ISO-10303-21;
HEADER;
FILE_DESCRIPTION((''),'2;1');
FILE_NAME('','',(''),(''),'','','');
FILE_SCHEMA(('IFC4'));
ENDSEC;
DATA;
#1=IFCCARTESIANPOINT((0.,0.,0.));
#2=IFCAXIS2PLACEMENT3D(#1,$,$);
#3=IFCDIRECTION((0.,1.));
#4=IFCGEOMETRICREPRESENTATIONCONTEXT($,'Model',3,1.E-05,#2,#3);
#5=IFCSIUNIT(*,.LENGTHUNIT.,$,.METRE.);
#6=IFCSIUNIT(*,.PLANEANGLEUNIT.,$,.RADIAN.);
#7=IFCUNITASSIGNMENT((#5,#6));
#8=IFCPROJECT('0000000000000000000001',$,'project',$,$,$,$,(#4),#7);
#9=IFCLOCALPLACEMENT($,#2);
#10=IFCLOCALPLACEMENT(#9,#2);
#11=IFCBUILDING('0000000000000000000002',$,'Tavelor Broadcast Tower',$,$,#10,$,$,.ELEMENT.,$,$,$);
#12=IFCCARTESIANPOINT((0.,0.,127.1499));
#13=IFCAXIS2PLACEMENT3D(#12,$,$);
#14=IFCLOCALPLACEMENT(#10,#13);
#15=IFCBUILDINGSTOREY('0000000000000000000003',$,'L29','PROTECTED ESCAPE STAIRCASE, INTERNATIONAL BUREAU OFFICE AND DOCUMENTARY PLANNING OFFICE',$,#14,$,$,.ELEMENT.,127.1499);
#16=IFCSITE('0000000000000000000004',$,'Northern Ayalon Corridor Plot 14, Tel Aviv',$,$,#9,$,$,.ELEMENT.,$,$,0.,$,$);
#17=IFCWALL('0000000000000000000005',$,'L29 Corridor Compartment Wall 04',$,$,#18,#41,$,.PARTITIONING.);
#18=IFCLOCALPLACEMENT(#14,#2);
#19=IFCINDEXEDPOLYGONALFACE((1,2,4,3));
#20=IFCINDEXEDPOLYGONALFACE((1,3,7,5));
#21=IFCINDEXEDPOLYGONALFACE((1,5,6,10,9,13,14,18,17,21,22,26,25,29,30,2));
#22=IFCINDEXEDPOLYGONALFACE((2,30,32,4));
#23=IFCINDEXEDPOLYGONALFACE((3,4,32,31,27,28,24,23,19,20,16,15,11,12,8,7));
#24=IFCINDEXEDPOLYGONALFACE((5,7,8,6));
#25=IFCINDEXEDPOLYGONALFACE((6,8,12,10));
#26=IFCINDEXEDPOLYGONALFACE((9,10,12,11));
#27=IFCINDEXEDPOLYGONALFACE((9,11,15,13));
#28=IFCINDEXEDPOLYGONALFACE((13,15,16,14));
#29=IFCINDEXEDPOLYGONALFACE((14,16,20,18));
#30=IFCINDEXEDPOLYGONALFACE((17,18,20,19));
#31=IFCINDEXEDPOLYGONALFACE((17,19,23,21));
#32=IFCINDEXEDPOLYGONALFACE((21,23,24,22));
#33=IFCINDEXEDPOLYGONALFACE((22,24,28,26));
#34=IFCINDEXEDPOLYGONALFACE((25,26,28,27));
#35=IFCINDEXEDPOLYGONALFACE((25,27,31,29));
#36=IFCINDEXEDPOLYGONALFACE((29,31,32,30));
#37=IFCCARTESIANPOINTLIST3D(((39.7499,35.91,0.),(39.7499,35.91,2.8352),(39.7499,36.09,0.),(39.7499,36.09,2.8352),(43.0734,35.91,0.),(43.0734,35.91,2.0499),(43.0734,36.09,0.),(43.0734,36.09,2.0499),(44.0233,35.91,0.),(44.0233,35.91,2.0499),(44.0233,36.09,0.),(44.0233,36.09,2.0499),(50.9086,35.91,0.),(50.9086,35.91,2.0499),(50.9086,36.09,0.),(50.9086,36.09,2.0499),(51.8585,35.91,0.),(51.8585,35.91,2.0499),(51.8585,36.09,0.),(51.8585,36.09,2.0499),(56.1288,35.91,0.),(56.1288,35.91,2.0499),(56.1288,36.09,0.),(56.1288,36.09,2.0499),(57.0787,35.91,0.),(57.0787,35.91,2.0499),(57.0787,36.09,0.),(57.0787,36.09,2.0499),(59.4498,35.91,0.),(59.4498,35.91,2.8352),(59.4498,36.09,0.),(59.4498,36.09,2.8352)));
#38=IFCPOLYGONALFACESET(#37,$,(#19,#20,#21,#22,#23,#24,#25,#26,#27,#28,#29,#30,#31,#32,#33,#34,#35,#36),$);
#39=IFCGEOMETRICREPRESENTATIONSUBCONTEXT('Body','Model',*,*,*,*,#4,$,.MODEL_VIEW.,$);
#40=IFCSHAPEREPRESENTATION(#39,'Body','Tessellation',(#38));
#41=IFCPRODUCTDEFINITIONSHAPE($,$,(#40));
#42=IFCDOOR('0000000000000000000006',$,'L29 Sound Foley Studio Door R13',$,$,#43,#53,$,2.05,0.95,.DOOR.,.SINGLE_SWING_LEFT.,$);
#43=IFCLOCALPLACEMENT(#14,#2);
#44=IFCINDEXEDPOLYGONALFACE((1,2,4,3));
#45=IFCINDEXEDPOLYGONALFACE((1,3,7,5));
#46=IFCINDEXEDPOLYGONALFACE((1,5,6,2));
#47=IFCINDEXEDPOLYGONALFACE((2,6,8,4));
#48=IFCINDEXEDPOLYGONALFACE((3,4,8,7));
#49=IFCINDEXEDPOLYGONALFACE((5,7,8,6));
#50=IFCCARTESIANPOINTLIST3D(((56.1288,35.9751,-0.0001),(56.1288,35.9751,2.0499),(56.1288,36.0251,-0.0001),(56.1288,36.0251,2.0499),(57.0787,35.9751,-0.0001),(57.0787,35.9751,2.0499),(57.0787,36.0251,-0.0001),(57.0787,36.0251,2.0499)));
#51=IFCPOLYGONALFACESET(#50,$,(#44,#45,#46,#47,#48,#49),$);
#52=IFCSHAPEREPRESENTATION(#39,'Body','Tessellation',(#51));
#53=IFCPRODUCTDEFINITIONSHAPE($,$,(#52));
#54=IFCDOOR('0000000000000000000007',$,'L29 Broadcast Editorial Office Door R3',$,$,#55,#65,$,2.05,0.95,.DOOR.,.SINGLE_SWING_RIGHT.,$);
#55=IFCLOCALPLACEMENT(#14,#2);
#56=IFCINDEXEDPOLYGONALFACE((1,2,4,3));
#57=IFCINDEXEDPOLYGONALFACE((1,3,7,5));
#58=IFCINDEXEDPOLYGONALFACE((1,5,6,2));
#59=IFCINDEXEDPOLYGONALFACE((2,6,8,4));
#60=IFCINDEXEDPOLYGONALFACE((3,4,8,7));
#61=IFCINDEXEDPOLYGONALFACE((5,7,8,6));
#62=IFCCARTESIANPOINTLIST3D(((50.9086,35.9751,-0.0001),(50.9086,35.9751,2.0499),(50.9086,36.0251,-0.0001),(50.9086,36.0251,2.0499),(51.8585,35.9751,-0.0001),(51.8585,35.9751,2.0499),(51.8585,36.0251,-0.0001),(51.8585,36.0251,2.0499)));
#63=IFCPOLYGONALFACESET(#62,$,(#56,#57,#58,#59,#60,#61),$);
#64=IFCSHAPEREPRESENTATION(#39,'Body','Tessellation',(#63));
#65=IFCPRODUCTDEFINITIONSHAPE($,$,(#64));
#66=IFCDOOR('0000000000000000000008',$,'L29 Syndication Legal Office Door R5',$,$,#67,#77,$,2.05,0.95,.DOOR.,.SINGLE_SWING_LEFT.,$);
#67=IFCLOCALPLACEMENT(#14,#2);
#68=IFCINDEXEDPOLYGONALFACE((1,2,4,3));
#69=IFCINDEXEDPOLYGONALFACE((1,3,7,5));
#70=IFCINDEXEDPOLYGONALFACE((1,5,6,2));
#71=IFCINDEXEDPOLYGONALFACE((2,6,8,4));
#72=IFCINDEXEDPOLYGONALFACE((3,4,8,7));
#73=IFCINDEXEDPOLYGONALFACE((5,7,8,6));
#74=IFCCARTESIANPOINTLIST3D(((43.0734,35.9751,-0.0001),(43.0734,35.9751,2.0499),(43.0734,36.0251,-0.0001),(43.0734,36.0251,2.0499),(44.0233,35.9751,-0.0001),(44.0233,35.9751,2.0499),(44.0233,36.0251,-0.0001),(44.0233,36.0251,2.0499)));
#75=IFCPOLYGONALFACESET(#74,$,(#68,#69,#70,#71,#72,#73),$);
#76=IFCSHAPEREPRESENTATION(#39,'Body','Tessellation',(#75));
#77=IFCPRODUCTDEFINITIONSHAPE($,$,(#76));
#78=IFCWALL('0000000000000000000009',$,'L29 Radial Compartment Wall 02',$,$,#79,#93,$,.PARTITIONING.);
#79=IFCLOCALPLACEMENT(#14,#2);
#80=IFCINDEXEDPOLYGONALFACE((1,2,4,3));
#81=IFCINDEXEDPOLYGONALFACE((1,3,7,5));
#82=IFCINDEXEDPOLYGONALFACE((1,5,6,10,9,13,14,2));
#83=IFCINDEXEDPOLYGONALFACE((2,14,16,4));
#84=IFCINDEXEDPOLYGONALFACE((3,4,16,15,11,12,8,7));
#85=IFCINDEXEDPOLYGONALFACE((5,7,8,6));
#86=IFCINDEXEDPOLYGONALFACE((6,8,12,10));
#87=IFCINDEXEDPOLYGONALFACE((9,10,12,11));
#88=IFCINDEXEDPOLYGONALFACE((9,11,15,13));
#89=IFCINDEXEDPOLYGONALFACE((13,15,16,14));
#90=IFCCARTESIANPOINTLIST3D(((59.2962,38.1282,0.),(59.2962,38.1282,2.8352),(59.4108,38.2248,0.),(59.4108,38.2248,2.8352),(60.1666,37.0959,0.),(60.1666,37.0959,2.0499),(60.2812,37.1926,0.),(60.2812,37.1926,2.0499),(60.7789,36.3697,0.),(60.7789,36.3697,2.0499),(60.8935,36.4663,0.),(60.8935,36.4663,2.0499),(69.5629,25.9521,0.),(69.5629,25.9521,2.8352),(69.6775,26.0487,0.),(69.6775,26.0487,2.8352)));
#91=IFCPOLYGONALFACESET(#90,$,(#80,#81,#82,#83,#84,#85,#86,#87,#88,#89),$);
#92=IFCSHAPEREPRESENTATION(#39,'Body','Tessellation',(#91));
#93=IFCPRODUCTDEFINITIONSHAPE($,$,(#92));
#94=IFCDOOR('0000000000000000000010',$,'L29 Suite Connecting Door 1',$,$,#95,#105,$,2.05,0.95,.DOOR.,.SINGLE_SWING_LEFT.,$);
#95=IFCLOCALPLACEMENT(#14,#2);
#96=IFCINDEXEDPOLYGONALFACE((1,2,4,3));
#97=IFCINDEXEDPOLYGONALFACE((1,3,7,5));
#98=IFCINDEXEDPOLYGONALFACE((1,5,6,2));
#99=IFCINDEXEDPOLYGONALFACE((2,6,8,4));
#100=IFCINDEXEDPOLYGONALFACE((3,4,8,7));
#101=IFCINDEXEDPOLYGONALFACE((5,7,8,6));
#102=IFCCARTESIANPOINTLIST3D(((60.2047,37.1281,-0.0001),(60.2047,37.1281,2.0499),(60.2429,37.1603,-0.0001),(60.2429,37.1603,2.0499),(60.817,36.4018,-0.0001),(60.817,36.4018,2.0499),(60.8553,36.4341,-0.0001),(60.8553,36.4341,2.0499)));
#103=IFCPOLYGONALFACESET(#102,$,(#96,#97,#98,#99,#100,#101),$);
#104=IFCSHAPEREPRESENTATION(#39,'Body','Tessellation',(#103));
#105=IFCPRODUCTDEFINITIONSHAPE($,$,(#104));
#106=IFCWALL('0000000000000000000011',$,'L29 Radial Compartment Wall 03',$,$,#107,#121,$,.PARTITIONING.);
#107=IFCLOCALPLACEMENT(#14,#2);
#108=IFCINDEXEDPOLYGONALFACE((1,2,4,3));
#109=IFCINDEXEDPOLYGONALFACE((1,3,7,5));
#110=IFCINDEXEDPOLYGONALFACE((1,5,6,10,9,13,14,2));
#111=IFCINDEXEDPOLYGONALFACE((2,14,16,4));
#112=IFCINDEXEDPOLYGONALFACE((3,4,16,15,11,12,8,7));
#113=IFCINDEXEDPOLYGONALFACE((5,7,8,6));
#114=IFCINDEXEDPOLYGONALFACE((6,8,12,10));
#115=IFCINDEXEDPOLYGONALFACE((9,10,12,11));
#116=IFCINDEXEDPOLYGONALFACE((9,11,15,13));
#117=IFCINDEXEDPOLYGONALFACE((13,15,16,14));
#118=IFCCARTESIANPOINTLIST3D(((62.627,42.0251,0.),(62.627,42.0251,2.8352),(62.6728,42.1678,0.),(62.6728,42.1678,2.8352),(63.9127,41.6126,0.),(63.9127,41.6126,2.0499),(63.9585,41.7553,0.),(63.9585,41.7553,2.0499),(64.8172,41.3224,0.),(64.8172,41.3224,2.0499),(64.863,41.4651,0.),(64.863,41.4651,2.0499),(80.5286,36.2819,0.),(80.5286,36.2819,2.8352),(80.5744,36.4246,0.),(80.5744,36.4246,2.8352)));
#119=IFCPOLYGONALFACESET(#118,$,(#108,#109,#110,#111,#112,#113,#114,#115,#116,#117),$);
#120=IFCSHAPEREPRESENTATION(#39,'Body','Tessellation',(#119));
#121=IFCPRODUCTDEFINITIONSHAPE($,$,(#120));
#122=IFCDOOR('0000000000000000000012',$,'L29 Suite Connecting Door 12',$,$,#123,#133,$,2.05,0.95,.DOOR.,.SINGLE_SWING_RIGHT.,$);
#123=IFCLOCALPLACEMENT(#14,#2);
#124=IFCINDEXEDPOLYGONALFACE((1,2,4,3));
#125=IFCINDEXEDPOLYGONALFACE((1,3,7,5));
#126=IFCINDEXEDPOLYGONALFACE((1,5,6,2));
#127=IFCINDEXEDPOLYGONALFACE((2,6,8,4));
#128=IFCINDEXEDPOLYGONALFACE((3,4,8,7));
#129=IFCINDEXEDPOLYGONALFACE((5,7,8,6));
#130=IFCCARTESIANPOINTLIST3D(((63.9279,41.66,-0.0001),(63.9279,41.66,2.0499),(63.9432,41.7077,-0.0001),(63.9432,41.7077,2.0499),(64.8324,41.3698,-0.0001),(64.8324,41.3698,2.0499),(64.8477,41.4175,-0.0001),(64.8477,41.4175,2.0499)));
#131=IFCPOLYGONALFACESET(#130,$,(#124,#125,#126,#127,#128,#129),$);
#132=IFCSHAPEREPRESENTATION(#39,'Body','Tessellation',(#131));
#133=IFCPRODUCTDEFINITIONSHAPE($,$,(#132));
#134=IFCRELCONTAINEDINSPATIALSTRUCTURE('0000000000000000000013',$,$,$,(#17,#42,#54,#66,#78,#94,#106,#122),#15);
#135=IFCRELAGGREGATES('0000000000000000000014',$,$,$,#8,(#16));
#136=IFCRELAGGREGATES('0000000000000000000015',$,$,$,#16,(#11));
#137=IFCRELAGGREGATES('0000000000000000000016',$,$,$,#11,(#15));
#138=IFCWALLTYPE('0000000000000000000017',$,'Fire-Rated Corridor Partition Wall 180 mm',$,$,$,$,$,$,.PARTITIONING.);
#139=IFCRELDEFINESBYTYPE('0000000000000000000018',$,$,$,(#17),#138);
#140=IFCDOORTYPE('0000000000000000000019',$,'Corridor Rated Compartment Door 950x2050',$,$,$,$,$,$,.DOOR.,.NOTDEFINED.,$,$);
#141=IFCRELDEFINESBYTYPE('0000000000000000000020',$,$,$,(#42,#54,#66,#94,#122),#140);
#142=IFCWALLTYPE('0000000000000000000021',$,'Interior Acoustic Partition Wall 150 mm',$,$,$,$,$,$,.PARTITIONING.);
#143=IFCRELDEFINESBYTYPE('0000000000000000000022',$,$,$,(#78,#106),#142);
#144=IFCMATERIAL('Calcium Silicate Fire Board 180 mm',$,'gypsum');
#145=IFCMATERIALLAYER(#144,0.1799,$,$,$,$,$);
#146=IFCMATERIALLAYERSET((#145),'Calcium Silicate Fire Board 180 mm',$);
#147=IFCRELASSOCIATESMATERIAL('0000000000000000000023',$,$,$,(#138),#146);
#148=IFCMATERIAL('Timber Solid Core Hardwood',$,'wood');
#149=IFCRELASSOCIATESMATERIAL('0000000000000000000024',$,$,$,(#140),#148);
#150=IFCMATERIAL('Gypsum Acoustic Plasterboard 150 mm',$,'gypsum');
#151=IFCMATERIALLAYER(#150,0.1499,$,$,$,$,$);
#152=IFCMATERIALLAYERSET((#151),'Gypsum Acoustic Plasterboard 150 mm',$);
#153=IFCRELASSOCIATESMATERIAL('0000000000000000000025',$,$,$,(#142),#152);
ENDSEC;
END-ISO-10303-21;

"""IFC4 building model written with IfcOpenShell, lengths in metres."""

from ifc_helpers import new_model, si_unit, direction, frame, frame_2d, origin, place, context, subcontext, project, spatial, rectangle, extrude, material, layer, layer_set, type_object, element, fill, save


model = new_model("IFC4")

# Units and contexts
model_context = context("Model", 3, precision=1e-05, world=origin(), true_north=direction((0.0, 1.0)))
body_context = subcontext(model_context, "Body", "Model", "MODEL_VIEW")
ifc_project = project(units=[si_unit("LENGTHUNIT", "METRE"), si_unit("PLANEANGLEUNIT", "RADIAN")], contexts=[model_context])

# Site, building, storey
site_placement = place(None, origin())
site = spatial("IfcSite", under=ifc_project, at=site_placement, Name="Northern Ayalon Corridor Plot 14, Tel Aviv", CompositionType="ELEMENT", RefElevation=0.0)
building_placement = place(site_placement, origin())
building = spatial("IfcBuilding", under=site, at=building_placement, Name="Tavelor Broadcast Tower", CompositionType="ELEMENT")
storey_placement = place(building_placement, frame((0.0, 0.0, 127.1499)))
storey = spatial("IfcBuildingStorey", under=building, at=storey_placement, Name="L29", Description="PROTECTED ESCAPE STAIRCASE, INTERNATIONAL BUREAU OFFICE AND DOCUMENTARY PLANNING OFFICE", CompositionType="ELEMENT", Elevation=127.1499)

# Shared definitions
ifc_material_1 = material(Name="Calcium Silicate Fire Board 180 mm", Category="gypsum")
ifc_layer_1 = layer(ifc_material_1, 0.1799)
ifc_layer_set_1 = layer_set([ifc_layer_1], Name="Calcium Silicate Fire Board 180 mm")
wall_type_1 = type_object("IfcWallType", Name="Fire-Rated Corridor Partition Wall 180 mm", PredefinedType="PARTITIONING", material=ifc_layer_set_1)
ifc_material_2 = material(Name="Timber Solid Core Hardwood", Category="wood")
door_type_1 = type_object("IfcDoorType", Name="Corridor Rated Compartment Door 950x2050", OperationType="NOTDEFINED", PredefinedType="DOOR", material=ifc_material_2)

# Wall, openings, doors
wall_1_placement = place(storey_placement, frame((59.45, 36.0, 0.0), z_axis=(0.0, 0.0, 1.0), x_axis=(-1.0, 0.0, 0.0)))
wall_1 = element("IfcWall", 1, at=wall_1_placement, inside=storey, type_object=wall_type_1, Name="L29 Corridor Compartment Wall 04", PredefinedType="PARTITIONING", context=body_context, shape_type="SweptSolid", body=[
    extrude(rectangle(XDim=19.7, YDim=0.1799, at=frame_2d((9.8501, 0.0))), origin(), (0.0, 0.0, 1.0), 2.8352),
])
opening_1_placement = place(wall_1_placement, frame((2.3711, 0.0, 0.0)))
opening_1 = element("IfcOpeningElement", 2, at=opening_1_placement, cuts=wall_1, PredefinedType="OPENING", context=body_context, shape_type="SweptSolid", body=[
    extrude(rectangle(XDim=0.95, YDim=2.05, at=frame_2d((0.4751, 1.0249))), frame((0.0, 0.1001, 0.0), z_axis=(0.0, -1.0, 0.0), x_axis=(1.0, 0.0, 0.0)), (0.0, 0.0, 1.0), 0.2),
])
opening_2_placement = place(wall_1_placement, frame((7.5913, 0.0, 0.0)))
opening_2 = element("IfcOpeningElement", 3, at=opening_2_placement, cuts=wall_1, PredefinedType="OPENING", context=body_context, shape_type="SweptSolid", body=[
    extrude(rectangle(XDim=0.95, YDim=2.05, at=frame_2d((0.4751, 1.0249))), frame((0.0, 0.1001, 0.0), z_axis=(0.0, -1.0, 0.0), x_axis=(1.0, 0.0, 0.0)), (0.0, 0.0, 1.0), 0.2),
])
opening_3_placement = place(wall_1_placement, frame((15.4265, 0.0, 0.0)))
opening_3 = element("IfcOpeningElement", 4, at=opening_3_placement, cuts=wall_1, PredefinedType="OPENING", context=body_context, shape_type="SweptSolid", body=[
    extrude(rectangle(XDim=0.95, YDim=2.05, at=frame_2d((0.4751, 1.0249))), frame((0.0, 0.1001, 0.0), z_axis=(0.0, -1.0, 0.0), x_axis=(1.0, 0.0, 0.0)), (0.0, 0.0, 1.0), 0.2),
])
door_1_placement = place(opening_1_placement, origin())
door_1 = element("IfcDoor", 5, at=door_1_placement, inside=storey, type_object=door_type_1, Name="L29 Sound Foley Studio Door R13", OperationType="SINGLE_SWING_LEFT", OverallHeight=2.05, OverallWidth=0.95, PredefinedType="DOOR", context=body_context, shape_type="SweptSolid", body=[
    extrude(rectangle(XDim=0.95, YDim=2.05, at=frame_2d((0.4751, 1.0249))), frame((0.0, 0.0249, 0.0), z_axis=(0.0, -1.0, 0.0), x_axis=(1.0, 0.0, 0.0)), (0.0, 0.0, 1.0), 0.05),
])
fill(opening_1, door_1)
door_2_placement = place(opening_2_placement, origin())
door_2 = element("IfcDoor", 6, at=door_2_placement, inside=storey, type_object=door_type_1, Name="L29 Broadcast Editorial Office Door R3", OperationType="SINGLE_SWING_RIGHT", OverallHeight=2.05, OverallWidth=0.95, PredefinedType="DOOR", context=body_context, shape_type="SweptSolid", body=[
    extrude(rectangle(XDim=0.95, YDim=2.05, at=frame_2d((0.4751, 1.0249))), frame((0.0, 0.0249, 0.0), z_axis=(0.0, -1.0, 0.0), x_axis=(1.0, 0.0, 0.0)), (0.0, 0.0, 1.0), 0.05),
])
fill(opening_2, door_2)
door_3_placement = place(opening_3_placement, origin())
door_3 = element("IfcDoor", 7, at=door_3_placement, inside=storey, type_object=door_type_1, Name="L29 Syndication Legal Office Door R5", OperationType="SINGLE_SWING_LEFT", OverallHeight=2.05, OverallWidth=0.95, PredefinedType="DOOR", context=body_context, shape_type="SweptSolid", body=[
    extrude(rectangle(XDim=0.95, YDim=2.05, at=frame_2d((0.4751, 1.0249))), frame((0.0, 0.0249, 0.0), z_axis=(0.0, -1.0, 0.0), x_axis=(1.0, 0.0, 0.0)), (0.0, 0.0, 1.0), 0.05),
])
fill(opening_3, door_3)

# Walls, openings, doors
ifc_material_3 = material(Name="Gypsum Acoustic Plasterboard 150 mm", Category="gypsum")
ifc_layer_2 = layer(ifc_material_3, 0.1499)
ifc_layer_set_2 = layer_set([ifc_layer_2], Name="Gypsum Acoustic Plasterboard 150 mm")
wall_type_2 = type_object("IfcWallType", Name="Interior Acoustic Partition Wall 150 mm", PredefinedType="PARTITIONING", material=ifc_layer_set_2)
wall_2_placement = place(storey_placement, frame((59.3535, 38.1765, 0.0), z_axis=(0.0, 0.0, 1.0), x_axis=(0.644617, -0.764506, 0.0)))
wall_2 = element("IfcWall", 8, at=wall_2_placement, inside=storey, type_object=wall_type_2, Name="L29 Radial Compartment Wall 02", PredefinedType="PARTITIONING", context=body_context, shape_type="SweptSolid", body=[
    extrude(rectangle(XDim=15.9268, YDim=0.1499, at=frame_2d((7.9634, 0.0))), origin(), (0.0, 0.0, 1.0), 2.8352),
])
opening_4_placement = place(wall_2_placement, frame((1.3501, 0.0, 0.0)))
opening_4 = element("IfcOpeningElement", 9, at=opening_4_placement, cuts=wall_2, PredefinedType="OPENING", context=body_context, shape_type="SweptSolid", body=[
    extrude(rectangle(XDim=0.95, YDim=2.05, at=frame_2d((0.4751, 1.0249))), frame((0.0, 0.085, 0.0), z_axis=(0.0, -1.0, 0.0), x_axis=(1.0, 0.0, 0.0)), (0.0, 0.0, 1.0), 0.1699),
])
door_4_placement = place(opening_4_placement, origin())
door_4 = element("IfcDoor", 10, at=door_4_placement, inside=storey, type_object=door_type_1, Name="L29 Suite Connecting Door 1", OperationType="SINGLE_SWING_LEFT", OverallHeight=2.05, OverallWidth=0.95, PredefinedType="DOOR", context=body_context, shape_type="SweptSolid", body=[
    extrude(rectangle(XDim=0.95, YDim=2.05, at=frame_2d((0.4751, 1.0249))), frame((0.0, 0.0249, 0.0), z_axis=(0.0, -1.0, 0.0), x_axis=(1.0, 0.0, 0.0)), (0.0, 0.0, 1.0), 0.05),
])
fill(opening_4, door_4)
wall_3_placement = place(storey_placement, frame((62.6499, 42.0964, 0.0), z_axis=(0.0, 0.0, 1.0), x_axis=(0.952198, -0.305482, 0.0)))
wall_3 = element("IfcWall", 11, at=wall_3_placement, inside=storey, type_object=wall_type_2, Name="L29 Radial Compartment Wall 03", PredefinedType="PARTITIONING", context=body_context, shape_type="SweptSolid", body=[
    extrude(rectangle(XDim=18.8003, YDim=0.1499, at=frame_2d((9.4001, 0.0))), origin(), (0.0, 0.0, 1.0), 2.8352),
])
opening_5_placement = place(wall_3_placement, frame((1.3501, 0.0, 0.0)))
opening_5 = element("IfcOpeningElement", 12, at=opening_5_placement, cuts=wall_3, PredefinedType="OPENING", context=body_context, shape_type="SweptSolid", body=[
    extrude(rectangle(XDim=0.95, YDim=2.05, at=frame_2d((0.4751, 1.0249))), frame((0.0, 0.085, 0.0), z_axis=(0.0, -1.0, 0.0), x_axis=(1.0, 0.0, 0.0)), (0.0, 0.0, 1.0), 0.1699),
])
door_5_placement = place(opening_5_placement, origin())
door_5 = element("IfcDoor", 13, at=door_5_placement, inside=storey, type_object=door_type_1, Name="L29 Suite Connecting Door 12", OperationType="SINGLE_SWING_RIGHT", OverallHeight=2.05, OverallWidth=0.95, PredefinedType="DOOR", context=body_context, shape_type="SweptSolid", body=[
    extrude(rectangle(XDim=0.95, YDim=2.05, at=frame_2d((0.4751, 1.0249))), frame((0.0, 0.0249, 0.0), z_axis=(0.0, -1.0, 0.0), x_axis=(1.0, 0.0, 0.0)), (0.0, 0.0, 1.0), 0.05),
])
fill(opening_5, door_5)

save(model, "model.ifc")
